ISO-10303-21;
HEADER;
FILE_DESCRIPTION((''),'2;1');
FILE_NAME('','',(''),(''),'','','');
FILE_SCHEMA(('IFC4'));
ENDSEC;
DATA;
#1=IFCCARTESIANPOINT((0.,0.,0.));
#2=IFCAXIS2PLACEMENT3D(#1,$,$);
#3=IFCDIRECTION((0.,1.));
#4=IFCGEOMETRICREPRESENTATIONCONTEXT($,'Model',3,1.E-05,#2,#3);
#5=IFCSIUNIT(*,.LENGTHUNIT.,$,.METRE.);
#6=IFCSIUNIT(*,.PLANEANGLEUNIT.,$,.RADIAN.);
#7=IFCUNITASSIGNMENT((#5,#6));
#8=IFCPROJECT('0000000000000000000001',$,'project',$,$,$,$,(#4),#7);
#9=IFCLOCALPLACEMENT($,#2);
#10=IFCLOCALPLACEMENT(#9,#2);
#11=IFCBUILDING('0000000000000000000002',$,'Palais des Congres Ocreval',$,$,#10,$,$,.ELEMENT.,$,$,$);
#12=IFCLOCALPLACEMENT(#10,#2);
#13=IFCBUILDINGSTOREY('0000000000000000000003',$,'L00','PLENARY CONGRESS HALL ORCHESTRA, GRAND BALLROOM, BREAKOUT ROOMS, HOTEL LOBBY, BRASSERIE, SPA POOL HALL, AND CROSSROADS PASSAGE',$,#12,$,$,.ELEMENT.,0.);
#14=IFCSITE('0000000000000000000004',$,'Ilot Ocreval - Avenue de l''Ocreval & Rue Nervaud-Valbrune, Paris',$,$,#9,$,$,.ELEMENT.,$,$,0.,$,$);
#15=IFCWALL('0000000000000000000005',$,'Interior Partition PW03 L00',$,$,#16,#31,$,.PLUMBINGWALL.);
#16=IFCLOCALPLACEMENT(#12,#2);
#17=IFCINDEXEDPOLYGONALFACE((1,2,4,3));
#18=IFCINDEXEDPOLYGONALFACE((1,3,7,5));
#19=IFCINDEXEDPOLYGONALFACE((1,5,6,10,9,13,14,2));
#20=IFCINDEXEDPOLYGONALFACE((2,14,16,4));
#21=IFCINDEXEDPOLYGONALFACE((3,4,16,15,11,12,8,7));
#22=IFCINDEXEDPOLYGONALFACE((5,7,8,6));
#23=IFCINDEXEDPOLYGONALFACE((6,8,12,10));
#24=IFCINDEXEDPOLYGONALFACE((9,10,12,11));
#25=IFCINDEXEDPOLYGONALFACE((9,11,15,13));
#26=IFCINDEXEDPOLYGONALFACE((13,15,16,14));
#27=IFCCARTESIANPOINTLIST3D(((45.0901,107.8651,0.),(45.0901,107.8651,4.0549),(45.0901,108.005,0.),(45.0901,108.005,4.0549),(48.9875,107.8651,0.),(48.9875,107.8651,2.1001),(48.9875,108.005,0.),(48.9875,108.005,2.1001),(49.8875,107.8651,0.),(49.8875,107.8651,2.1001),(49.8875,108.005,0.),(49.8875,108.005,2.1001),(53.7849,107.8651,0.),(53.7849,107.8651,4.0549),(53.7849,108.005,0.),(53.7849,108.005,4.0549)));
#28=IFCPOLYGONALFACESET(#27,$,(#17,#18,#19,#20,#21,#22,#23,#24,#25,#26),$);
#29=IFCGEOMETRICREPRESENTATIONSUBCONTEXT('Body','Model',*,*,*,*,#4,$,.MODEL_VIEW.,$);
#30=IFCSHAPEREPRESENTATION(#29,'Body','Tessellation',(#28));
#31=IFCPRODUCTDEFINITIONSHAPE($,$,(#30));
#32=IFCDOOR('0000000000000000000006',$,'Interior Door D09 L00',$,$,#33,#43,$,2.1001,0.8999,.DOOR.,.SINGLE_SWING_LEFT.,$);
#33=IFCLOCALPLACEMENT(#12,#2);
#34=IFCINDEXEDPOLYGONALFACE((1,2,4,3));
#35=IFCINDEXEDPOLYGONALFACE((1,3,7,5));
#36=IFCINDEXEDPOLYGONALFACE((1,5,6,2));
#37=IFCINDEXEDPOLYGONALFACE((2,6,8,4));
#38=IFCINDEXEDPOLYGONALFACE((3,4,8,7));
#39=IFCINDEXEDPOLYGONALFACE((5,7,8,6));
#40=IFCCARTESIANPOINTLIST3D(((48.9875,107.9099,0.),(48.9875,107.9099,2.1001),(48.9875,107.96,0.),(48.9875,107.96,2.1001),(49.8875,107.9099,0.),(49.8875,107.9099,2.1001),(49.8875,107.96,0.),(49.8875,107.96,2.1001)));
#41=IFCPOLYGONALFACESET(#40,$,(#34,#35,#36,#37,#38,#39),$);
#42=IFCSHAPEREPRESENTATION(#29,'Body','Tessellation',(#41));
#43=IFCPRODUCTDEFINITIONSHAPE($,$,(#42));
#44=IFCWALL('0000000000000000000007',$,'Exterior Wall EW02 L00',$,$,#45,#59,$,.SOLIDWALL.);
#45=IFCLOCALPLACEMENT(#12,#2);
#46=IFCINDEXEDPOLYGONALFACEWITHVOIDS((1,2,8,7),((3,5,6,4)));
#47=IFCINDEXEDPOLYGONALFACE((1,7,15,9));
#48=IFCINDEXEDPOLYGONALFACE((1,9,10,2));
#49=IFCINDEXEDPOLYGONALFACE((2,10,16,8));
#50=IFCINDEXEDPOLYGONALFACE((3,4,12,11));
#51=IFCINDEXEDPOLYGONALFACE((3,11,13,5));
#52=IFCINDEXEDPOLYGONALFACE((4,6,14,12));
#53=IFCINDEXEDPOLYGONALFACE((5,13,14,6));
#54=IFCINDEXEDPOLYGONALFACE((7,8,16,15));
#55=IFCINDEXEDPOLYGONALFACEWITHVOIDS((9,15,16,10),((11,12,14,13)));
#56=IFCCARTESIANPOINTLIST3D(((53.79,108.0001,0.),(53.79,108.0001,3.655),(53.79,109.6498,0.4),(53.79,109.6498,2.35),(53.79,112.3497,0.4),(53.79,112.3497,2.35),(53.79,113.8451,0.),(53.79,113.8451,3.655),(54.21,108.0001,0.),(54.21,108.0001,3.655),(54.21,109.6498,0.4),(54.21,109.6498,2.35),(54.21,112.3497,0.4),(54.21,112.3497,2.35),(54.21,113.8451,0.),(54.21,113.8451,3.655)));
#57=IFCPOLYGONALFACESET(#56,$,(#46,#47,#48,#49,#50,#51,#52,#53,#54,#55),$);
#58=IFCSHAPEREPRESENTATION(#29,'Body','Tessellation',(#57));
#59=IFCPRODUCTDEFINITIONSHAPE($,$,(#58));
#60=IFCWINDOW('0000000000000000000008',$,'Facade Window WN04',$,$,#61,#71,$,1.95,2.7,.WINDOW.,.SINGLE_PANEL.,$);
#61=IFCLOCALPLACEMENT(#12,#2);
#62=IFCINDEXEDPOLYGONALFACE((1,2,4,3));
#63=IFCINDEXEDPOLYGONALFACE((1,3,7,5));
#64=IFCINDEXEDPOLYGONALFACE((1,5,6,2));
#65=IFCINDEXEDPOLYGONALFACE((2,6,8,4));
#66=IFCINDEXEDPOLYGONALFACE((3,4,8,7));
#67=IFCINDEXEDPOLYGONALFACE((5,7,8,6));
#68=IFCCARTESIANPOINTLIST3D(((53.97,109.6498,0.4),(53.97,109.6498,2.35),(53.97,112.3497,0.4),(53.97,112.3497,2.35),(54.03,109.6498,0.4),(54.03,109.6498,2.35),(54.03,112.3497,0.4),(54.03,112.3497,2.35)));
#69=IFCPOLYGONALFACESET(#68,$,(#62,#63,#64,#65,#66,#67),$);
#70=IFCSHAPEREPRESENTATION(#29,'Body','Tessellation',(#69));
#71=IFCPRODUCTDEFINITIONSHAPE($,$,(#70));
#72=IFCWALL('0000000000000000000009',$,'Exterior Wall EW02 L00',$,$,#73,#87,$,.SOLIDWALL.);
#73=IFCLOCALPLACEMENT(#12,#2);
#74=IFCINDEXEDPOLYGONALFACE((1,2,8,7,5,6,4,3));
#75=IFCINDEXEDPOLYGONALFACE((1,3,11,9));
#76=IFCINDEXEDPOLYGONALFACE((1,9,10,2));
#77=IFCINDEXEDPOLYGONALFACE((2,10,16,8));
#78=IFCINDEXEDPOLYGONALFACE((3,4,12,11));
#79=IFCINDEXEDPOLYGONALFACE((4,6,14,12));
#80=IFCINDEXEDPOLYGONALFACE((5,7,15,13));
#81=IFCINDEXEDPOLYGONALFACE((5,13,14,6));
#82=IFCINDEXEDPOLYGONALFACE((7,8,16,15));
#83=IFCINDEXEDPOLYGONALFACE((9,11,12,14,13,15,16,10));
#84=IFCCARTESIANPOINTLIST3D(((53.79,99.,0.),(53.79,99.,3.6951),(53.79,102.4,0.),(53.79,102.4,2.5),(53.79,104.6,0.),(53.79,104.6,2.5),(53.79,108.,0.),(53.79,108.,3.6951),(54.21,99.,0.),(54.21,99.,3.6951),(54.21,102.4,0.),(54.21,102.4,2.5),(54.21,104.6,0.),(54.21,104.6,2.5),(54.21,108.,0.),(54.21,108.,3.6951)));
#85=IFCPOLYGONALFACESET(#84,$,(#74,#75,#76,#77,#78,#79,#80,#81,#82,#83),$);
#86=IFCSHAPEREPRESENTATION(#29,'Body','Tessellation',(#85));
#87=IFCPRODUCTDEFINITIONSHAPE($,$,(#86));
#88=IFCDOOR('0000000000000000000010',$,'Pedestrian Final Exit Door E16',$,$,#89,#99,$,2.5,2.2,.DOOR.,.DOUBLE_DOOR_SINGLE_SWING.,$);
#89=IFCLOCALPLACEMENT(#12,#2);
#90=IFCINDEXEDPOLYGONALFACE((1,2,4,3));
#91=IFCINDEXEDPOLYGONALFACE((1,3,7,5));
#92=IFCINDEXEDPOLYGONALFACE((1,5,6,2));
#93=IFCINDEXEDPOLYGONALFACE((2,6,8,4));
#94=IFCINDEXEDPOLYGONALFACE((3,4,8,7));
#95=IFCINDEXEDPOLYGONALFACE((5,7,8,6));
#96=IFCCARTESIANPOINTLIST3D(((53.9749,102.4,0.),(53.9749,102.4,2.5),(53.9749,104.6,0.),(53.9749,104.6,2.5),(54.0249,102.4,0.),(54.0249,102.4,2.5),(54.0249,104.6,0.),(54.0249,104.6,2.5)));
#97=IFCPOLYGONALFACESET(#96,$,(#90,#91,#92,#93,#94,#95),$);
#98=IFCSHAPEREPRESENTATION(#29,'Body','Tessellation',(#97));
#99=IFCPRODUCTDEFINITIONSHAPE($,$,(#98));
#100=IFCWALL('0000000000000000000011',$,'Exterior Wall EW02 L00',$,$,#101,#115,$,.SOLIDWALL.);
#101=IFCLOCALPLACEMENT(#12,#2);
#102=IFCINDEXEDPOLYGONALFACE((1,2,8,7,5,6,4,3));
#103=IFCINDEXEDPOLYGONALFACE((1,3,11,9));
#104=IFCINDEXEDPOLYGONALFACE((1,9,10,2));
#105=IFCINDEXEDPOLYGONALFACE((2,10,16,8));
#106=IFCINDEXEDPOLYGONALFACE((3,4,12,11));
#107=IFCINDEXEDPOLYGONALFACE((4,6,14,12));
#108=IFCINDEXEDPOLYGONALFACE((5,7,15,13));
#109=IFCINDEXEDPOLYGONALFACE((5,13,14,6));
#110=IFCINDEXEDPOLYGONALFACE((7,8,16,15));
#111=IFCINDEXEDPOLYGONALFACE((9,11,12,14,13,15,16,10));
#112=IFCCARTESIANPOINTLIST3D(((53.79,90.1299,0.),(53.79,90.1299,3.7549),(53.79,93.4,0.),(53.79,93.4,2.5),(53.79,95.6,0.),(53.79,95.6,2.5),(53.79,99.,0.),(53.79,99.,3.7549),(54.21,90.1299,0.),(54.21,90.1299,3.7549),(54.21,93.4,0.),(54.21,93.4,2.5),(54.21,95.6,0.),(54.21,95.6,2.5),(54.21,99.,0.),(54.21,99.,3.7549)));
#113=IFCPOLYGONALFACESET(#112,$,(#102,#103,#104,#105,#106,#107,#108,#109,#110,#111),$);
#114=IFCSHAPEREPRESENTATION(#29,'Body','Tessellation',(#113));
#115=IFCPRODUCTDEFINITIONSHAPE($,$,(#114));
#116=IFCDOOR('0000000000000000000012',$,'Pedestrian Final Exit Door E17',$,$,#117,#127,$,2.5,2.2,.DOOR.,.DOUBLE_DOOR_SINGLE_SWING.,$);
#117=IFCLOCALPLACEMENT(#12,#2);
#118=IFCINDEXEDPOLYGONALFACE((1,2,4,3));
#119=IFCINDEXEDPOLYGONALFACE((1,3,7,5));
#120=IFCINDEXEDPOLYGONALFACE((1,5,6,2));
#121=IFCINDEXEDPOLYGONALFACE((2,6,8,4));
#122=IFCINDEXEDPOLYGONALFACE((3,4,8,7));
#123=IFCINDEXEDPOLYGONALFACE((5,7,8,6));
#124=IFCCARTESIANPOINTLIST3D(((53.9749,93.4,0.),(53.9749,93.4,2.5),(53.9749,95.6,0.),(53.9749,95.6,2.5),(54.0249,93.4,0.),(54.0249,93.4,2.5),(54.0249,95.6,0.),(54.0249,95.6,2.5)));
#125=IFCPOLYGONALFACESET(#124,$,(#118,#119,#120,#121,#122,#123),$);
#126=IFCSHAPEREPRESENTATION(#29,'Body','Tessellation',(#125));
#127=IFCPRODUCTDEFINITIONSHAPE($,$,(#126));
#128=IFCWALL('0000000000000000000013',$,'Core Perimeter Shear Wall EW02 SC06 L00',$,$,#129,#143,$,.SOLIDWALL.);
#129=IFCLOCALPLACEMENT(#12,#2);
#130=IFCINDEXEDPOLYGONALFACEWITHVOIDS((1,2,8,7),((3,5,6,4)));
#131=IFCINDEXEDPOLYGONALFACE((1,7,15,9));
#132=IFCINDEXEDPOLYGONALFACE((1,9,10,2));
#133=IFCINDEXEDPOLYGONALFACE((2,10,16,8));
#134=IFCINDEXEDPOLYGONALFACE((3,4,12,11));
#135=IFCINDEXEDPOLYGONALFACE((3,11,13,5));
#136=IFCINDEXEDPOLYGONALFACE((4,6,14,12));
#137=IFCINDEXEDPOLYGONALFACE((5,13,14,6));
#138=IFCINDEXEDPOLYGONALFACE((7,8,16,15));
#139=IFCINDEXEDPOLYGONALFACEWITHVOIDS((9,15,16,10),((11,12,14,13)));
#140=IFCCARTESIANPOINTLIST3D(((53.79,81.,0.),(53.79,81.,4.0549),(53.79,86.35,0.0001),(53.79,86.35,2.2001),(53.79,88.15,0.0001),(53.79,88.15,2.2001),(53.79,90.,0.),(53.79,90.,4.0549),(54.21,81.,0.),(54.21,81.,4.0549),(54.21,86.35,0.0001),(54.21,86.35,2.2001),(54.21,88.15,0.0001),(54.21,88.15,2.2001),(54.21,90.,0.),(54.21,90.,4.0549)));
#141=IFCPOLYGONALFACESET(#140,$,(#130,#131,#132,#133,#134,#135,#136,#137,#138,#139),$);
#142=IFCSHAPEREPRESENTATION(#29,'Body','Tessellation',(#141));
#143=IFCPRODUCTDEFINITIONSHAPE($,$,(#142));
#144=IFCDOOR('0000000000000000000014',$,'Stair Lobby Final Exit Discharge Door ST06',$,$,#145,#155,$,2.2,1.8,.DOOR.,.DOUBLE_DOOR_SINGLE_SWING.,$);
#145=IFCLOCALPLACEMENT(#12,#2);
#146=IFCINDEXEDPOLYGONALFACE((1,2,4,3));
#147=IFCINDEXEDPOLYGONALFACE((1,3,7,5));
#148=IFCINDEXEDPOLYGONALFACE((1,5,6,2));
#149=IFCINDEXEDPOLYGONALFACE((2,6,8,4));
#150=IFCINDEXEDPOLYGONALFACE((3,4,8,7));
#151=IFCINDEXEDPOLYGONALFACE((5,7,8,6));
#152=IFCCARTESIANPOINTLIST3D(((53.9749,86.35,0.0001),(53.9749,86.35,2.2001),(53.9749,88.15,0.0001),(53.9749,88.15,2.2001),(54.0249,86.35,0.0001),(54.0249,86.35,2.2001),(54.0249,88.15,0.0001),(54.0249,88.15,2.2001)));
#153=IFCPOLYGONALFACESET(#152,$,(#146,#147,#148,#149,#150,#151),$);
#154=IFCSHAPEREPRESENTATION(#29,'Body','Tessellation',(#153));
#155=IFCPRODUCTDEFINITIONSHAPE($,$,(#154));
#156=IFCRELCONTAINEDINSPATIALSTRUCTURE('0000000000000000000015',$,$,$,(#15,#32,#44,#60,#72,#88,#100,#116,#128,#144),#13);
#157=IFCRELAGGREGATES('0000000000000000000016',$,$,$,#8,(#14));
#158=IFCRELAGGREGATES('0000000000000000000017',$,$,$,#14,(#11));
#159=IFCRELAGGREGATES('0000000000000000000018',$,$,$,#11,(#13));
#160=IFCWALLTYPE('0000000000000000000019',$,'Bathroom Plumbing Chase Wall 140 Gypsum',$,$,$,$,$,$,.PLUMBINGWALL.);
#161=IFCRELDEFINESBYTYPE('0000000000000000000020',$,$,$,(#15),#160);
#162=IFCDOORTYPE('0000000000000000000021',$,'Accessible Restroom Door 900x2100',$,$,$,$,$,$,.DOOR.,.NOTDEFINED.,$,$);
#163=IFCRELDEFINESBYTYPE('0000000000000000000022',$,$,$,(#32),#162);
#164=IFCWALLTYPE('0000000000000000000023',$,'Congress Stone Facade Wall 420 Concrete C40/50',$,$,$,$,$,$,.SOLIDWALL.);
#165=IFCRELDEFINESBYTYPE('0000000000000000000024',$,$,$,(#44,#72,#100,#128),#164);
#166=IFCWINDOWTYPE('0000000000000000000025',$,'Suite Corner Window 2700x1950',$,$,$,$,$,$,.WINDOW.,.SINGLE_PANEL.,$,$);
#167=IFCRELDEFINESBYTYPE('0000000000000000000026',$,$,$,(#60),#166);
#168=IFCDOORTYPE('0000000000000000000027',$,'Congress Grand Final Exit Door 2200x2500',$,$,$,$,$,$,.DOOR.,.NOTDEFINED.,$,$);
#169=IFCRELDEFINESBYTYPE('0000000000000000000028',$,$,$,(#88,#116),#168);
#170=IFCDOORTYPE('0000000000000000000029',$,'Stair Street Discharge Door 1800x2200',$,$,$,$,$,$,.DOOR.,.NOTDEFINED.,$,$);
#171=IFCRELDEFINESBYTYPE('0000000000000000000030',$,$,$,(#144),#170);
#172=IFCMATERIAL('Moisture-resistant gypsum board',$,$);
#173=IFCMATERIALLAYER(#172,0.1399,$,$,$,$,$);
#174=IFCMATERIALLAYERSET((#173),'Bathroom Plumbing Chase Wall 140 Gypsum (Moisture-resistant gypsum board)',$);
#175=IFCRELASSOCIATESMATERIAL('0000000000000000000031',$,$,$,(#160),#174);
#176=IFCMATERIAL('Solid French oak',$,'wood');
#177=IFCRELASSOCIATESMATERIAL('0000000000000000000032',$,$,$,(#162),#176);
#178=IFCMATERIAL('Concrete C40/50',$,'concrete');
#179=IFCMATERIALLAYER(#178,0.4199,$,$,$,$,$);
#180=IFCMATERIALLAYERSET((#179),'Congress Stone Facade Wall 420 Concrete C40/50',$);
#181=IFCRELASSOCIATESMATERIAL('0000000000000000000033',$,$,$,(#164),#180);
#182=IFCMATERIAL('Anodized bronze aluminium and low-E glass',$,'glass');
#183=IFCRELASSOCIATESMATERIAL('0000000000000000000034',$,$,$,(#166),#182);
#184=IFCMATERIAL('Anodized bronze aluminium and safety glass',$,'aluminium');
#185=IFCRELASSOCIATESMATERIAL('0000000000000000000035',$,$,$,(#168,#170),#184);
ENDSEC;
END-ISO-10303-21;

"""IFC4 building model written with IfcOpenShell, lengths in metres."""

from ifc_helpers import new_model, si_unit, direction, frame, frame_2d, origin, place, context, subcontext, project, spatial, rectangle, extrude, material, layer, layer_set, type_object, element, fill, save


model = new_model("IFC4")

# Units and contexts
model_context = context("Model", 3, precision=1e-05, world=origin(), true_north=direction((0.0, 1.0)))
body_context = subcontext(model_context, "Body", "Model", "MODEL_VIEW")
ifc_project = project(units=[si_unit("LENGTHUNIT", "METRE"), si_unit("PLANEANGLEUNIT", "RADIAN")], contexts=[model_context])

# Site, building, storey
site_placement = place(None, origin())
site = spatial("IfcSite", under=ifc_project, at=site_placement, Name="Ilot Ocreval - Avenue de l'Ocreval & Rue Nervaud-Valbrune, Paris", CompositionType="ELEMENT", RefElevation=0.0)
building_placement = place(site_placement, origin())
building = spatial("IfcBuilding", under=site, at=building_placement, Name="Palais des Congres Ocreval", CompositionType="ELEMENT")
storey_placement = place(building_placement, origin())
storey = spatial("IfcBuildingStorey", under=building, at=storey_placement, Name="L00", Description="PLENARY CONGRESS HALL ORCHESTRA, GRAND BALLROOM, BREAKOUT ROOMS, HOTEL LOBBY, BRASSERIE, SPA POOL HALL, AND CROSSROADS PASSAGE", CompositionType="ELEMENT", Elevation=0.0)

# Wall, opening, door
ifc_material_1 = material(Name="Moisture-resistant gypsum board")
ifc_layer_1 = layer(ifc_material_1, 0.1399)
ifc_layer_set_1 = layer_set([ifc_layer_1], Name="Bathroom Plumbing Chase Wall 140 Gypsum (Moisture-resistant gypsum board)")
wall_type_1 = type_object("IfcWallType", Name="Bathroom Plumbing Chase Wall 140 Gypsum", PredefinedType="PLUMBINGWALL", material=ifc_layer_set_1)
wall_1_placement = place(storey_placement, frame((45.0901, 107.9351, 0.0), z_axis=(0.0, 0.0, 1.0), x_axis=(1.0, 0.0, 0.0)))
wall_1 = element("IfcWall", 1, at=wall_1_placement, inside=storey, type_object=wall_type_1, Name="Interior Partition PW03 L00", PredefinedType="PLUMBINGWALL", context=body_context, shape_type="SweptSolid", body=[
    extrude(rectangle(XDim=8.6948, YDim=0.1399, at=frame_2d((4.3474, 0.0))), origin(), (0.0, 0.0, 1.0), 4.0549),
])
opening_1_placement = place(wall_1_placement, frame((3.8975, 0.0, 0.0)))
opening_1 = element("IfcOpeningElement", 2, at=opening_1_placement, cuts=wall_1, PredefinedType="OPENING", context=body_context, shape_type="SweptSolid", body=[
    extrude(rectangle(XDim=0.8999, YDim=2.1001, at=frame_2d((0.45, 1.05))), frame((0.0, 0.0798, 0.0), z_axis=(0.0, -1.0, 0.0), x_axis=(1.0, 0.0, 0.0)), (0.0, 0.0, 1.0), 0.1599),
])
ifc_material_2 = material(Name="Solid French oak", Category="wood")
door_type_1 = type_object("IfcDoorType", Name="Accessible Restroom Door 900x2100", OperationType="NOTDEFINED", PredefinedType="DOOR", material=ifc_material_2)
door_1_placement = place(opening_1_placement, origin())
door_1 = element("IfcDoor", 3, at=door_1_placement, inside=storey, type_object=door_type_1, Name="Interior Door D09 L00", OperationType="SINGLE_SWING_LEFT", OverallHeight=2.1001, OverallWidth=0.8999, PredefinedType="DOOR", context=body_context, shape_type="SweptSolid", body=[
    extrude(rectangle(XDim=0.8999, YDim=2.1001, at=frame_2d((0.45, 1.05))), frame((0.0, 0.0249, 0.0), z_axis=(0.0, -1.0, 0.0), x_axis=(1.0, 0.0, 0.0)), (0.0, 0.0, 1.0), 0.05),
])
fill(opening_1, door_1)

# Wall, opening, window
ifc_material_3 = material(Name="Concrete C40/50", Category="concrete")
ifc_layer_2 = layer(ifc_material_3, 0.4199)
ifc_layer_set_2 = layer_set([ifc_layer_2], Name="Congress Stone Facade Wall 420 Concrete C40/50")
wall_type_2 = type_object("IfcWallType", Name="Congress Stone Facade Wall 420 Concrete C40/50", PredefinedType="SOLIDWALL", material=ifc_layer_set_2)
wall_2_placement = place(storey_placement, frame((54.0, 113.845, 0.0), z_axis=(0.0, 0.0, 1.0), x_axis=(0.0, -1.0, 0.0)))
wall_2 = element("IfcWall", 4, at=wall_2_placement, inside=storey, type_object=wall_type_2, Name="Exterior Wall EW02 L00", PredefinedType="SOLIDWALL", context=body_context, shape_type="SweptSolid", body=[
    extrude(rectangle(XDim=5.845, YDim=0.4199, at=frame_2d((2.9224, 0.0))), origin(), (0.0, 0.0, 1.0), 3.655),
])
opening_2_placement = place(wall_2_placement, frame((1.4951, 0.0, 0.3999)))
opening_2 = element("IfcOpeningElement", 5, at=opening_2_placement, cuts=wall_2, PredefinedType="OPENING", context=body_context, shape_type="SweptSolid", body=[
    extrude(rectangle(XDim=2.7, YDim=1.95, at=frame_2d((1.3501, 0.9751))), frame((0.0, 0.22, 0.0), z_axis=(0.0, -1.0, 0.0), x_axis=(1.0, 0.0, 0.0)), (0.0, 0.0, 1.0), 0.4399),
])
ifc_material_4 = material(Name="Anodized bronze aluminium and low-E glass", Category="glass")
window_type = type_object("IfcWindowType", Name="Suite Corner Window 2700x1950", PartitioningType="SINGLE_PANEL", PredefinedType="WINDOW", material=ifc_material_4)
window_placement = place(opening_2_placement, origin())
window = element("IfcWindow", 6, at=window_placement, inside=storey, type_object=window_type, Name="Facade Window WN04", OverallHeight=1.95, OverallWidth=2.7, PartitioningType="SINGLE_PANEL", PredefinedType="WINDOW", context=body_context, shape_type="SweptSolid", body=[
    extrude(rectangle(XDim=2.7, YDim=1.95, at=frame_2d((1.3501, 0.9751))), frame((0.0, 0.03, 0.0), z_axis=(0.0, -1.0, 0.0), x_axis=(1.0, 0.0, 0.0)), (0.0, 0.0, 1.0), 0.0601),
])
fill(opening_2, window)

# Walls, openings, doors
wall_3_placement = place(storey_placement, frame((54.0, 108.0, 0.0), z_axis=(0.0, 0.0, 1.0), x_axis=(0.0, -1.0, 0.0)))
wall_3 = element("IfcWall", 7, at=wall_3_placement, inside=storey, type_object=wall_type_2, Name="Exterior Wall EW02 L00", PredefinedType="SOLIDWALL", context=body_context, shape_type="SweptSolid", body=[
    extrude(rectangle(XDim=9.0, YDim=0.4199, at=frame_2d((4.5, 0.0))), origin(), (0.0, 0.0, 1.0), 3.6951),
])
opening_3_placement = place(wall_3_placement, frame((3.3999, 0.0, 0.0)))
opening_3 = element("IfcOpeningElement", 8, at=opening_3_placement, cuts=wall_3, PredefinedType="OPENING", context=body_context, shape_type="SweptSolid", body=[
    extrude(rectangle(XDim=2.2, YDim=2.5, at=frame_2d((1.1001, 1.25))), frame((0.0, 0.22, 0.0), z_axis=(0.0, -1.0, 0.0), x_axis=(1.0, 0.0, 0.0)), (0.0, 0.0, 1.0), 0.4399),
])
ifc_material_5 = material(Name="Anodized bronze aluminium and safety glass", Category="aluminium")
door_type_2 = type_object("IfcDoorType", Name="Congress Grand Final Exit Door 2200x2500", OperationType="NOTDEFINED", PredefinedType="DOOR", material=ifc_material_5)
door_2_placement = place(opening_3_placement, origin())
door_2 = element("IfcDoor", 9, at=door_2_placement, inside=storey, type_object=door_type_2, Name="Pedestrian Final Exit Door E16", OperationType="DOUBLE_DOOR_SINGLE_SWING", OverallHeight=2.5, OverallWidth=2.2, PredefinedType="DOOR", context=body_context, shape_type="SweptSolid", body=[
    extrude(rectangle(XDim=2.2, YDim=2.5, at=frame_2d((1.1001, 1.25))), frame((0.0, 0.0249, 0.0), z_axis=(0.0, -1.0, 0.0), x_axis=(1.0, 0.0, 0.0)), (0.0, 0.0, 1.0), 0.05),
])
fill(opening_3, door_2)
wall_4_placement = place(storey_placement, frame((54.0, 99.0, 0.0), z_axis=(0.0, 0.0, 1.0), x_axis=(0.0, -1.0, 0.0)))
wall_4 = element("IfcWall", 10, at=wall_4_placement, inside=storey, type_object=wall_type_2, Name="Exterior Wall EW02 L00", PredefinedType="SOLIDWALL", context=body_context, shape_type="SweptSolid", body=[
    extrude(rectangle(XDim=8.8701, YDim=0.4199, at=frame_2d((4.4351, 0.0))), origin(), (0.0, 0.0, 1.0), 3.7549),
])
opening_4_placement = place(wall_4_placement, frame((3.3999, 0.0, 0.0)))
opening_4 = element("IfcOpeningElement", 11, at=opening_4_placement, cuts=wall_4, PredefinedType="OPENING", context=body_context, shape_type="SweptSolid", body=[
    extrude(rectangle(XDim=2.2, YDim=2.5, at=frame_2d((1.1001, 1.25))), frame((0.0, 0.22, 0.0), z_axis=(0.0, -1.0, 0.0), x_axis=(1.0, 0.0, 0.0)), (0.0, 0.0, 1.0), 0.4399),
])
door_3_placement = place(opening_4_placement, origin())
door_3 = element("IfcDoor", 12, at=door_3_placement, inside=storey, type_object=door_type_2, Name="Pedestrian Final Exit Door E17", OperationType="DOUBLE_DOOR_SINGLE_SWING", OverallHeight=2.5, OverallWidth=2.2, PredefinedType="DOOR", context=body_context, shape_type="SweptSolid", body=[
    extrude(rectangle(XDim=2.2, YDim=2.5, at=frame_2d((1.1001, 1.25))), frame((0.0, 0.0249, 0.0), z_axis=(0.0, -1.0, 0.0), x_axis=(1.0, 0.0, 0.0)), (0.0, 0.0, 1.0), 0.05),
])
fill(opening_4, door_3)
wall_5_placement = place(storey_placement, frame((54.0, 90.0, 0.0), z_axis=(0.0, 0.0, 1.0), x_axis=(0.0, -1.0, 0.0)))
wall_5 = element("IfcWall", 13, at=wall_5_placement, inside=storey, type_object=wall_type_2, Name="Core Perimeter Shear Wall EW02 SC06 L00", PredefinedType="SOLIDWALL", context=body_context, shape_type="SweptSolid", body=[
    extrude(rectangle(XDim=9.0, YDim=0.4199, at=frame_2d((4.5, 0.0))), origin(), (0.0, 0.0, 1.0), 4.0549),
])
opening_5_placement = place(wall_5_placement, frame((1.8501, 0.0, 0.0)))
opening_5 = element("IfcOpeningElement", 14, at=opening_5_placement, cuts=wall_5, PredefinedType="OPENING", context=body_context, shape_type="SweptSolid", body=[
    extrude(rectangle(XDim=1.8, YDim=2.2, at=frame_2d((0.8999, 1.1001))), frame((0.0, 0.22, 0.0), z_axis=(0.0, -1.0, 0.0), x_axis=(1.0, 0.0, 0.0)), (0.0, 0.0, 1.0), 0.4399),
])
door_type_3 = type_object("IfcDoorType", Name="Stair Street Discharge Door 1800x2200", OperationType="NOTDEFINED", PredefinedType="DOOR", material=ifc_material_5)
door_4_placement = place(opening_5_placement, origin())
door_4 = element("IfcDoor", 15, at=door_4_placement, inside=storey, type_object=door_type_3, Name="Stair Lobby Final Exit Discharge Door ST06", OperationType="DOUBLE_DOOR_SINGLE_SWING", OverallHeight=2.2, OverallWidth=1.8, PredefinedType="DOOR", context=body_context, shape_type="SweptSolid", body=[
    extrude(rectangle(XDim=1.8, YDim=2.2, at=frame_2d((0.8999, 1.1001))), frame((0.0, 0.0249, 0.0), z_axis=(0.0, -1.0, 0.0), x_axis=(1.0, 0.0, 0.0)), (0.0, 0.0, 1.0), 0.05),
])
fill(opening_5, door_4)

save(model, "model.ifc")
